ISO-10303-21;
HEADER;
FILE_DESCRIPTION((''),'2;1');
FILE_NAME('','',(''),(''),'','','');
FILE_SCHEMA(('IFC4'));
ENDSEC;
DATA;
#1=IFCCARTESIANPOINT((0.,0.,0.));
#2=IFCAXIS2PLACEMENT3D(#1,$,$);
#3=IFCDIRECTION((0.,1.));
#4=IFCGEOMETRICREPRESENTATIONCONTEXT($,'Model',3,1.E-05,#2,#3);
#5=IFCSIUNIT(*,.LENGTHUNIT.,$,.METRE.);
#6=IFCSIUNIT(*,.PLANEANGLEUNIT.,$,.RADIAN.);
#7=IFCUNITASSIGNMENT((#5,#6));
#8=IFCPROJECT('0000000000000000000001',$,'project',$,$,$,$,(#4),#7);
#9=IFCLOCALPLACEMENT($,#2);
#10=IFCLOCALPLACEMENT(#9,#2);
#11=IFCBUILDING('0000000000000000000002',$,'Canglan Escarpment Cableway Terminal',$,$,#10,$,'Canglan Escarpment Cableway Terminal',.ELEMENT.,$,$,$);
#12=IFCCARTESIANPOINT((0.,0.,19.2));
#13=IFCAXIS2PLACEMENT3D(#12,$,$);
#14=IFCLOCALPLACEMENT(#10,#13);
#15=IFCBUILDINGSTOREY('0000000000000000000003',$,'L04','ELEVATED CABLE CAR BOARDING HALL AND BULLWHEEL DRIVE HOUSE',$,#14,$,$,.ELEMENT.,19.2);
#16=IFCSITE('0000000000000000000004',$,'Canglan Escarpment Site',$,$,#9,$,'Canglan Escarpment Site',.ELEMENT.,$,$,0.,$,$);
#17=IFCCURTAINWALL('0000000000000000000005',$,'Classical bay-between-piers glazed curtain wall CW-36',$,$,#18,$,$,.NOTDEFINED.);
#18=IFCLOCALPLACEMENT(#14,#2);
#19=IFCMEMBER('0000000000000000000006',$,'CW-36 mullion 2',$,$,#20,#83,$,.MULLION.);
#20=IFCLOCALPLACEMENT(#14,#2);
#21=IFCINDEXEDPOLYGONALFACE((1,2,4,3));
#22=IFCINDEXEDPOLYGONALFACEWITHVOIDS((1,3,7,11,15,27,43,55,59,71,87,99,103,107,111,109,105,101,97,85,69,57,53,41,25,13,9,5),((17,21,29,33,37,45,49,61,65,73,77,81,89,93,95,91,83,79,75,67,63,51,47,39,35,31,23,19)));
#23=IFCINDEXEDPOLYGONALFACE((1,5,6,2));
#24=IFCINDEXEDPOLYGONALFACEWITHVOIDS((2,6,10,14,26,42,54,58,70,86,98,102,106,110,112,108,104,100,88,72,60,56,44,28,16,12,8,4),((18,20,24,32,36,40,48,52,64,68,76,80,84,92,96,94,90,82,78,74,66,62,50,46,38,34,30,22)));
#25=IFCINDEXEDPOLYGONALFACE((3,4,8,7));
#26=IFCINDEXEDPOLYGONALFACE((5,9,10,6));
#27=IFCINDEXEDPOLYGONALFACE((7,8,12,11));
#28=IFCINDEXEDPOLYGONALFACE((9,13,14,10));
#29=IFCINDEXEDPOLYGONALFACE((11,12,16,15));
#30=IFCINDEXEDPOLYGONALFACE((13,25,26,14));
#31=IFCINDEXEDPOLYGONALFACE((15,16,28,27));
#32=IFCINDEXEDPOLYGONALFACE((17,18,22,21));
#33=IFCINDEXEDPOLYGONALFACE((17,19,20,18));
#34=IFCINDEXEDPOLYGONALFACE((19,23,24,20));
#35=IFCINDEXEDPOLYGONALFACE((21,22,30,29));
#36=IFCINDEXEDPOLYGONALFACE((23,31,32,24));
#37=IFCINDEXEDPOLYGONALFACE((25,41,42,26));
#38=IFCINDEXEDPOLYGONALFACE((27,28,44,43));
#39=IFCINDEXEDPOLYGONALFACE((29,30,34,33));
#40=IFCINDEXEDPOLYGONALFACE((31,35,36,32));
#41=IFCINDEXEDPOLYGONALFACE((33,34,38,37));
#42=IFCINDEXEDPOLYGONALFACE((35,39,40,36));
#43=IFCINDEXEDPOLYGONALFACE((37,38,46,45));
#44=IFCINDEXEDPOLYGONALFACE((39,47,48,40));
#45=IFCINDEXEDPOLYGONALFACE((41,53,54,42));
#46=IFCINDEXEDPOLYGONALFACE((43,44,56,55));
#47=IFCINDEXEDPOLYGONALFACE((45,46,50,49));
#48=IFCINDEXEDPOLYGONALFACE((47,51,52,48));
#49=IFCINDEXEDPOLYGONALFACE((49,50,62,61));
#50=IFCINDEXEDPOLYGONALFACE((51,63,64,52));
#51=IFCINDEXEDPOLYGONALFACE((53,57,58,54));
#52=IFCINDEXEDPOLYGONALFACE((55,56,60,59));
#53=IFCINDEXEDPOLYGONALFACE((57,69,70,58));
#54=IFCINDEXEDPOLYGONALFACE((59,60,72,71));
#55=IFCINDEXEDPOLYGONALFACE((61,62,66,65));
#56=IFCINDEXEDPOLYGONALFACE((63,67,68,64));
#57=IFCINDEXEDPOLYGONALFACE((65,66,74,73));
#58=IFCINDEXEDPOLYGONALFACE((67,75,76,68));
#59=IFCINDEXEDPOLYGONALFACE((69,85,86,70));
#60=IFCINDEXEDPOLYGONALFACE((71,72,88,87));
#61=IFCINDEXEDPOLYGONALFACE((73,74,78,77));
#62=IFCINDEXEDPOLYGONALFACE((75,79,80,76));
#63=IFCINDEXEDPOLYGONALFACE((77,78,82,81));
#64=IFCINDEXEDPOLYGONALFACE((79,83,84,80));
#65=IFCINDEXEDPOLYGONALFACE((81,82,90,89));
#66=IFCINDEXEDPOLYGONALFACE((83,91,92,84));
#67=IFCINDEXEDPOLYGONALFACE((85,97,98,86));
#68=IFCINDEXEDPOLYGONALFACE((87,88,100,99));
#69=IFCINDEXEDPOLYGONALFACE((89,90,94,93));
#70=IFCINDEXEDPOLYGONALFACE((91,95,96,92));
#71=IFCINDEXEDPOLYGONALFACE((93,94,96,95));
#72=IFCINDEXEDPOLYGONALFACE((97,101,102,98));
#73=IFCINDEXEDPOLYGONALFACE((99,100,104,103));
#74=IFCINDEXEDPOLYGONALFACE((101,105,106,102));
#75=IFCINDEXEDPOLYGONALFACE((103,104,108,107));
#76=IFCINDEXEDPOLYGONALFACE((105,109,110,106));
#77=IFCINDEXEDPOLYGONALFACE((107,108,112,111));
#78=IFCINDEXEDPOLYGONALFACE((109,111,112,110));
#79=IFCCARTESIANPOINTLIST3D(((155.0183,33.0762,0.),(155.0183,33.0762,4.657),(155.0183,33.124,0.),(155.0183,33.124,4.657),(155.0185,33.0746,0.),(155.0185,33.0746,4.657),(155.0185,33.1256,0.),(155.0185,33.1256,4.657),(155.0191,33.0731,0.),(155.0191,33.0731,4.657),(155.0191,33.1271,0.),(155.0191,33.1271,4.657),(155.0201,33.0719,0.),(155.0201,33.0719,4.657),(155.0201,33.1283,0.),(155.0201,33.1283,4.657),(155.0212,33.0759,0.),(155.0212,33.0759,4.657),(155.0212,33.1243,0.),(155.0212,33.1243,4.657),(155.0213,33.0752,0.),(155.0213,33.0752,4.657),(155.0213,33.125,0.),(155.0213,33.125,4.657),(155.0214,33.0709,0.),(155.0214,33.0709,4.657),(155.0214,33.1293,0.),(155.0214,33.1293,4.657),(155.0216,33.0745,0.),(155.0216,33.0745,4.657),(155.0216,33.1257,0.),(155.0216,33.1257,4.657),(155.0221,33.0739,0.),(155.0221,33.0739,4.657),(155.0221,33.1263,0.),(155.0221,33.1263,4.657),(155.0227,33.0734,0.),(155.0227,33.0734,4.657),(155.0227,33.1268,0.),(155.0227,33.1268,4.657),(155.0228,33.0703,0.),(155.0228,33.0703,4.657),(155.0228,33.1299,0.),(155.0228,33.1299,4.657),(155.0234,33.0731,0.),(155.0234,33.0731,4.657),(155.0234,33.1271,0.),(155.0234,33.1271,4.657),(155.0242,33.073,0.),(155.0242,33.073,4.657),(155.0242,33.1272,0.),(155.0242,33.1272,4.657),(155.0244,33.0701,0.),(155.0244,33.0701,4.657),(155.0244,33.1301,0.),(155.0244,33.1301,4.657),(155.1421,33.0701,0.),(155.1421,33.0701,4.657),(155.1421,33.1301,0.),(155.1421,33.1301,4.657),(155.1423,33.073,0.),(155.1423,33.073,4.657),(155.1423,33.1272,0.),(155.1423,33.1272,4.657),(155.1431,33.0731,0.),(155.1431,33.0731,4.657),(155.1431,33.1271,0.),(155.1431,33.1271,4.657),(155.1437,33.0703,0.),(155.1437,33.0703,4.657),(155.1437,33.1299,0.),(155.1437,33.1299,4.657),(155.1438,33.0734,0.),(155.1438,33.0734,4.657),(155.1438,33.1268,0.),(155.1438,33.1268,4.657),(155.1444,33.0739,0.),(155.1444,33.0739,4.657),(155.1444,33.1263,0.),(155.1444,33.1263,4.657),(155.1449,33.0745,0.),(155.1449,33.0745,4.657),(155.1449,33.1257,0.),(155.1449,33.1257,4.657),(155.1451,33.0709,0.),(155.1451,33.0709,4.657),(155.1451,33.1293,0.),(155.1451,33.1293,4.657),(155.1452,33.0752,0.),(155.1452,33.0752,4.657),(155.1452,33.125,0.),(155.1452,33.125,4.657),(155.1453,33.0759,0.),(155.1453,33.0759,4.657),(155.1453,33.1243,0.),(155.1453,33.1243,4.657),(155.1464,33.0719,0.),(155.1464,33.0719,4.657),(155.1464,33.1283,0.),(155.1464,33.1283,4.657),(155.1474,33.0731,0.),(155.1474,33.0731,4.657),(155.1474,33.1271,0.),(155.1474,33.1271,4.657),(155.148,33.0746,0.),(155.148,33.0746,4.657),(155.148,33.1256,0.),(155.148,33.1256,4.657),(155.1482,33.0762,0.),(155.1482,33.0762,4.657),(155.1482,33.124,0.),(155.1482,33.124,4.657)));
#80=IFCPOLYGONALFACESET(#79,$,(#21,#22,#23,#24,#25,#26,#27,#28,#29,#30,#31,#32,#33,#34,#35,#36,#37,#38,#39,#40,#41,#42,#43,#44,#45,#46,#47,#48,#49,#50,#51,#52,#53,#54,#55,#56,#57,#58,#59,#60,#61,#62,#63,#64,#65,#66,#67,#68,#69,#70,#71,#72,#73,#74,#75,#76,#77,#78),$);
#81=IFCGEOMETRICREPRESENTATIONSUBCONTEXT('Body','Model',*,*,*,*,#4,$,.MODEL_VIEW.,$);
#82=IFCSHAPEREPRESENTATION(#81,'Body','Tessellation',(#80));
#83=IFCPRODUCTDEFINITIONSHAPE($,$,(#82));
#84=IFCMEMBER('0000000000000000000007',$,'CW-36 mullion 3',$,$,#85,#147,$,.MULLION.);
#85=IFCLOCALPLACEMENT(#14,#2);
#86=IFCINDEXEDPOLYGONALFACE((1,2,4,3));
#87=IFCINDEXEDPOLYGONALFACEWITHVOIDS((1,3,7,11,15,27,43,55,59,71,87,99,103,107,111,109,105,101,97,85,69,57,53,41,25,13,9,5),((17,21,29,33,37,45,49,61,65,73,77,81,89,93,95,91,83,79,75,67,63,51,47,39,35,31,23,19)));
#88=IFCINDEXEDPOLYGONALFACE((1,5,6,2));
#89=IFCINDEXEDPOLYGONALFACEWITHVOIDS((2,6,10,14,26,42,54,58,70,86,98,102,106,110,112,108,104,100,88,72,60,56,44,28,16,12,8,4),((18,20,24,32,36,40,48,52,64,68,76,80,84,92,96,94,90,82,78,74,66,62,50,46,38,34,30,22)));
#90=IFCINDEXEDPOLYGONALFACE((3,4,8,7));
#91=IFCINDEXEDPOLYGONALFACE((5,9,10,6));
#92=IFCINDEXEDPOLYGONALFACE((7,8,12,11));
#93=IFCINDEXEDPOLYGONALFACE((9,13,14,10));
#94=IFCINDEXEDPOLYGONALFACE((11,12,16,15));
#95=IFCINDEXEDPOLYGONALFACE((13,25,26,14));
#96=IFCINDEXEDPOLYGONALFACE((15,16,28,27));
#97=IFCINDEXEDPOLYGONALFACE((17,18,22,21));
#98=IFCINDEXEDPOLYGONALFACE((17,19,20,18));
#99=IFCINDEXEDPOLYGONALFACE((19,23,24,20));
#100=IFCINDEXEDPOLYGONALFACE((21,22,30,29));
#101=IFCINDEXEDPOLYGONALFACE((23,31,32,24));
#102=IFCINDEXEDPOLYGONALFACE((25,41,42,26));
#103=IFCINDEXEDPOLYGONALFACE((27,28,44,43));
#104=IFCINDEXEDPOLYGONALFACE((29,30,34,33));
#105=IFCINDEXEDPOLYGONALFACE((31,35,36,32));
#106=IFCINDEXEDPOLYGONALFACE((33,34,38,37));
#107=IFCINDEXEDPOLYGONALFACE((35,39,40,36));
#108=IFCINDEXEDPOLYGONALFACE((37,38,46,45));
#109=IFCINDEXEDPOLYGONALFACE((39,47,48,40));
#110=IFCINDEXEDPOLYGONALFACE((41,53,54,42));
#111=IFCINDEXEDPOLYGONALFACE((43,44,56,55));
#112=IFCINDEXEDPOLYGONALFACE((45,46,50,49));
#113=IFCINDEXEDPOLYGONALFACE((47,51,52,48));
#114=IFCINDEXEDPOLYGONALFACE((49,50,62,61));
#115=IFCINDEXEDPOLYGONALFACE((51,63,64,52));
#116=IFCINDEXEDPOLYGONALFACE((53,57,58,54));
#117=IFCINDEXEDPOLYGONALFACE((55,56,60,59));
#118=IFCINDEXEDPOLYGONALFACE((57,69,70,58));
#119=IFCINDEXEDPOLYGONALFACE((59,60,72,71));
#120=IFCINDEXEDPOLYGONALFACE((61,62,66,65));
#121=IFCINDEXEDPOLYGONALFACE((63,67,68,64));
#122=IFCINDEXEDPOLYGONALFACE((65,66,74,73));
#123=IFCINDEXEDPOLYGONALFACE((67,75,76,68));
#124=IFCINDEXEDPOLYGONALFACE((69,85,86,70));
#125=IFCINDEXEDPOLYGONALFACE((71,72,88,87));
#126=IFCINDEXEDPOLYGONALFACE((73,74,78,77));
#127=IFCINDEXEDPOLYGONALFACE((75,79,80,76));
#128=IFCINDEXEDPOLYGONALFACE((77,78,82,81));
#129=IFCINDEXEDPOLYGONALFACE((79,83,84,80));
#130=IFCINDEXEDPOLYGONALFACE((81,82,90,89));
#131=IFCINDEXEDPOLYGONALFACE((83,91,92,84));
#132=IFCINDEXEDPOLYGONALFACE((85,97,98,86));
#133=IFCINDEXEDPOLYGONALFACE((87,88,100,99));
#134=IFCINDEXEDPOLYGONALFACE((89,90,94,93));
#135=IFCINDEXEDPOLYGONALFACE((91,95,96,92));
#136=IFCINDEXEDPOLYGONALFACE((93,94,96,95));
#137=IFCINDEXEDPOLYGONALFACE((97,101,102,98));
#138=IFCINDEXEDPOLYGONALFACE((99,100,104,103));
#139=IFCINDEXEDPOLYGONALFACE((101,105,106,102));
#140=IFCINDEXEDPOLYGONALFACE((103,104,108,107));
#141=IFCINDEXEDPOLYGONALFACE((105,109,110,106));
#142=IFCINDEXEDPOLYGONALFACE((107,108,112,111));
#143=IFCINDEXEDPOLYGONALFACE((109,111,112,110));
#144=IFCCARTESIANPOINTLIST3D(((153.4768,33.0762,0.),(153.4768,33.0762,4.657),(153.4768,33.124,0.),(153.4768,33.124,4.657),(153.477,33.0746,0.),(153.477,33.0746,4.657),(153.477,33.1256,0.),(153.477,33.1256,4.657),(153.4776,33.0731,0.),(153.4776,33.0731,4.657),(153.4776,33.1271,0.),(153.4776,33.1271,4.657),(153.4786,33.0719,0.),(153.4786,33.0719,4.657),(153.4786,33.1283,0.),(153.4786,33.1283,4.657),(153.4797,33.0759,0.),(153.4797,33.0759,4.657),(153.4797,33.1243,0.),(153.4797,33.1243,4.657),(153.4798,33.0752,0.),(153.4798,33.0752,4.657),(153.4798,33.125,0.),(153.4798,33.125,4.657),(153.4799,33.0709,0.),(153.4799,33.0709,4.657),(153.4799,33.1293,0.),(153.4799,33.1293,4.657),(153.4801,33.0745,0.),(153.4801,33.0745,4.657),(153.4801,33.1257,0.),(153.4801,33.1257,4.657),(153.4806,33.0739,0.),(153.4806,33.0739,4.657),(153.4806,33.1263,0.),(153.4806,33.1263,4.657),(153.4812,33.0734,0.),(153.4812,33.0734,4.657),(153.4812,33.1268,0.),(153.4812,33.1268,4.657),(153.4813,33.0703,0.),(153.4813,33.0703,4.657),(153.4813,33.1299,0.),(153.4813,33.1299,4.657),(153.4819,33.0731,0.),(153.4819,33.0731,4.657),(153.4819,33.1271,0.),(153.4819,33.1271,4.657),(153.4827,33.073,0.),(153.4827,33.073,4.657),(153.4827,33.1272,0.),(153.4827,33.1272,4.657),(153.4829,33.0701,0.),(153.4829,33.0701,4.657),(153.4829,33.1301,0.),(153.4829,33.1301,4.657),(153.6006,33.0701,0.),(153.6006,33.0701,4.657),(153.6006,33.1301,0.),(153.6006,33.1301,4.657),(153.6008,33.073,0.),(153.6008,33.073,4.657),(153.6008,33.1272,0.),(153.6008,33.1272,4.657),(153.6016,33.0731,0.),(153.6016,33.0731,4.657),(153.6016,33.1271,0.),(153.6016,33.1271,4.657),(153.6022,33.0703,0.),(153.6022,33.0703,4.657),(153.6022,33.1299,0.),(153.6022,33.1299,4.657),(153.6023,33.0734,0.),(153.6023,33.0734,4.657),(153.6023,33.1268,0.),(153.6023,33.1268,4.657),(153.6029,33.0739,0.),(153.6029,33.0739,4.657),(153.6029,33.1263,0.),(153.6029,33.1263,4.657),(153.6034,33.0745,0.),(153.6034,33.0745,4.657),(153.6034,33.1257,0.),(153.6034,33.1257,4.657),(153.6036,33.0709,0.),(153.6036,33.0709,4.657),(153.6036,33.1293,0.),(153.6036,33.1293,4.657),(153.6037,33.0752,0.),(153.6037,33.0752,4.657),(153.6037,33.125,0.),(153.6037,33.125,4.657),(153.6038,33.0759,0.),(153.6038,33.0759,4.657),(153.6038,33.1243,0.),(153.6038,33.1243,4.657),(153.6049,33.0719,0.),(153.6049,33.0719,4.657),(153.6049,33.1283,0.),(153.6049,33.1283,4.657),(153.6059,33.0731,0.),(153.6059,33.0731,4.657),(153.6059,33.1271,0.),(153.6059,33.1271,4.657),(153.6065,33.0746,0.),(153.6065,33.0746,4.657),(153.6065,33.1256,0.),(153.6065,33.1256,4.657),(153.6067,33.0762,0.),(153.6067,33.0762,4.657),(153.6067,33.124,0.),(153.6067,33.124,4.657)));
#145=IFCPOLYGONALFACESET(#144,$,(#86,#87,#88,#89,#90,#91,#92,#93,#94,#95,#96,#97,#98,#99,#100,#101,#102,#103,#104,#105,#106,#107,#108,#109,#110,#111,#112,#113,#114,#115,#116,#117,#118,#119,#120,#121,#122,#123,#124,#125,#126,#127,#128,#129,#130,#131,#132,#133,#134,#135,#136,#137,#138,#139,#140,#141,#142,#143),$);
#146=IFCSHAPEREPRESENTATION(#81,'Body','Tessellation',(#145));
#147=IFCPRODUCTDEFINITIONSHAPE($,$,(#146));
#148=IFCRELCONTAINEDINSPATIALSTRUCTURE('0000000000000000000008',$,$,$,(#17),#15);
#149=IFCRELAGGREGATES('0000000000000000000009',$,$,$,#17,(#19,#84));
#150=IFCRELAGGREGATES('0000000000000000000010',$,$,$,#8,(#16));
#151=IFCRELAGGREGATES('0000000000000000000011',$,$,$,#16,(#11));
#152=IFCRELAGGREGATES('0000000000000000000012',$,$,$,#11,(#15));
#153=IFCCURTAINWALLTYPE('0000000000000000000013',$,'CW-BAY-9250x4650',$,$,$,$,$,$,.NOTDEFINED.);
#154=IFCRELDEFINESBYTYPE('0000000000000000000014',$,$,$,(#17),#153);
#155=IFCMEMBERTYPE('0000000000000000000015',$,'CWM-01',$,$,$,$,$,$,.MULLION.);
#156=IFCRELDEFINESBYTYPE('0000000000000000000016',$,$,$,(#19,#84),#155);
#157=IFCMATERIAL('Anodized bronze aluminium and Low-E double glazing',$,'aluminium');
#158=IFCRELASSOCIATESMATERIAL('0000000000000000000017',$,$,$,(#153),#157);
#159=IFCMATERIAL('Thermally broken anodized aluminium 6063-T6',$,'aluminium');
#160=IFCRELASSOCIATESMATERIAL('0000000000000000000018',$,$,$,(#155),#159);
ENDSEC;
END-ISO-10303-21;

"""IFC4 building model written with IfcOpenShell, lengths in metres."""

from ifc_helpers import new_model, si_unit, direction, frame, origin, origin_2d, place, context, subcontext, project, spatial, hollow_rectangle, extrude, material, material_profile, profile_set, type_object, element, aggregate, save


model = new_model("IFC4")

# Units and contexts
model_context = context("Model", 3, precision=1e-05, world=origin(), true_north=direction((0.0, 1.0)))
body_context = subcontext(model_context, "Body", "Model", "MODEL_VIEW")
ifc_project = project(units=[si_unit("LENGTHUNIT", "METRE"), si_unit("PLANEANGLEUNIT", "RADIAN")], contexts=[model_context])

# Site, building, storey
site_placement = place(None, origin())
site = spatial("IfcSite", under=ifc_project, at=site_placement, Name="Canglan Escarpment Site", LongName="Canglan Escarpment Site", CompositionType="ELEMENT", RefElevation=0.0)
building_placement = place(site_placement, origin())
building = spatial("IfcBuilding", under=site, at=building_placement, Name="Canglan Escarpment Cableway Terminal", LongName="Canglan Escarpment Cableway Terminal", CompositionType="ELEMENT")
storey_placement = place(building_placement, frame((0.0, 0.0, 19.2)))
storey = spatial("IfcBuildingStorey", under=building, at=storey_placement, Name="L04", Description="ELEVATED CABLE CAR BOARDING HALL AND BULLWHEEL DRIVE HOUSE", CompositionType="ELEMENT", Elevation=19.2)

# Curtain wall, members
ifc_material_1 = material(Name="Anodized bronze aluminium and Low-E double glazing", Category="aluminium")
curtain_wall_type = type_object("IfcCurtainWallType", Name="CW-BAY-9250x4650", PredefinedType="NOTDEFINED", material=ifc_material_1)
curtain_wall_placement = place(storey_placement, origin())
curtain_wall = element("IfcCurtainWall", 1, at=curtain_wall_placement, inside=storey, type_object=curtain_wall_type, Name="Classical bay-between-piers glazed curtain wall CW-36", PredefinedType="NOTDEFINED")
ifc_material_2 = material(Name="Thermally broken anodized aluminium 6063-T6", Category="aluminium")
ifc_material_profile_1 = material_profile(ifc_material_2, hollow_rectangle(XDim=0.0601, YDim=0.1299, WallThickness=0.0029, InnerFilletRadius=0.0029, OuterFilletRadius=0.0061, at=origin_2d()), Name="ALU-MULL 60x130x3")
ifc_profile_set_1 = profile_set([ifc_material_profile_1], Name="Thermally broken anodized aluminium 6063-T6")
member_type_1 = type_object("IfcMemberType", Name="CWM-01", PredefinedType="MULLION", material=ifc_profile_set_1)
member_1_placement = place(storey_placement, frame((155.0833, 33.1001, 0.0), z_axis=(0.0, 0.0, 1.0), x_axis=(0.0, -1.0, 0.0)))
member_1 = element("IfcMember", 2, at=member_1_placement, type_object=member_type_1, Name="CW-36 mullion 2", PredefinedType="MULLION", context=body_context, shape_type="SweptSolid", body=[
    extrude(hollow_rectangle(XDim=0.0601, YDim=0.1299, WallThickness=0.0029, InnerFilletRadius=0.0029, OuterFilletRadius=0.0061, at=origin_2d()), origin(), (0.0, 0.0, 1.0), 4.657),
])
member_2_placement = place(storey_placement, frame((153.5417, 33.1001, 0.0), z_axis=(0.0, 0.0, 1.0), x_axis=(0.0, -1.0, 0.0)))
member_2 = element("IfcMember", 3, at=member_2_placement, type_object=member_type_1, Name="CW-36 mullion 3", PredefinedType="MULLION", context=body_context, shape_type="SweptSolid", body=[
    extrude(hollow_rectangle(XDim=0.0601, YDim=0.1299, WallThickness=0.0029, InnerFilletRadius=0.0029, OuterFilletRadius=0.0061, at=origin_2d()), origin(), (0.0, 0.0, 1.0), 4.657),
])

aggregate(curtain_wall, [member_1, member_2])

save(model, "model.ifc")
